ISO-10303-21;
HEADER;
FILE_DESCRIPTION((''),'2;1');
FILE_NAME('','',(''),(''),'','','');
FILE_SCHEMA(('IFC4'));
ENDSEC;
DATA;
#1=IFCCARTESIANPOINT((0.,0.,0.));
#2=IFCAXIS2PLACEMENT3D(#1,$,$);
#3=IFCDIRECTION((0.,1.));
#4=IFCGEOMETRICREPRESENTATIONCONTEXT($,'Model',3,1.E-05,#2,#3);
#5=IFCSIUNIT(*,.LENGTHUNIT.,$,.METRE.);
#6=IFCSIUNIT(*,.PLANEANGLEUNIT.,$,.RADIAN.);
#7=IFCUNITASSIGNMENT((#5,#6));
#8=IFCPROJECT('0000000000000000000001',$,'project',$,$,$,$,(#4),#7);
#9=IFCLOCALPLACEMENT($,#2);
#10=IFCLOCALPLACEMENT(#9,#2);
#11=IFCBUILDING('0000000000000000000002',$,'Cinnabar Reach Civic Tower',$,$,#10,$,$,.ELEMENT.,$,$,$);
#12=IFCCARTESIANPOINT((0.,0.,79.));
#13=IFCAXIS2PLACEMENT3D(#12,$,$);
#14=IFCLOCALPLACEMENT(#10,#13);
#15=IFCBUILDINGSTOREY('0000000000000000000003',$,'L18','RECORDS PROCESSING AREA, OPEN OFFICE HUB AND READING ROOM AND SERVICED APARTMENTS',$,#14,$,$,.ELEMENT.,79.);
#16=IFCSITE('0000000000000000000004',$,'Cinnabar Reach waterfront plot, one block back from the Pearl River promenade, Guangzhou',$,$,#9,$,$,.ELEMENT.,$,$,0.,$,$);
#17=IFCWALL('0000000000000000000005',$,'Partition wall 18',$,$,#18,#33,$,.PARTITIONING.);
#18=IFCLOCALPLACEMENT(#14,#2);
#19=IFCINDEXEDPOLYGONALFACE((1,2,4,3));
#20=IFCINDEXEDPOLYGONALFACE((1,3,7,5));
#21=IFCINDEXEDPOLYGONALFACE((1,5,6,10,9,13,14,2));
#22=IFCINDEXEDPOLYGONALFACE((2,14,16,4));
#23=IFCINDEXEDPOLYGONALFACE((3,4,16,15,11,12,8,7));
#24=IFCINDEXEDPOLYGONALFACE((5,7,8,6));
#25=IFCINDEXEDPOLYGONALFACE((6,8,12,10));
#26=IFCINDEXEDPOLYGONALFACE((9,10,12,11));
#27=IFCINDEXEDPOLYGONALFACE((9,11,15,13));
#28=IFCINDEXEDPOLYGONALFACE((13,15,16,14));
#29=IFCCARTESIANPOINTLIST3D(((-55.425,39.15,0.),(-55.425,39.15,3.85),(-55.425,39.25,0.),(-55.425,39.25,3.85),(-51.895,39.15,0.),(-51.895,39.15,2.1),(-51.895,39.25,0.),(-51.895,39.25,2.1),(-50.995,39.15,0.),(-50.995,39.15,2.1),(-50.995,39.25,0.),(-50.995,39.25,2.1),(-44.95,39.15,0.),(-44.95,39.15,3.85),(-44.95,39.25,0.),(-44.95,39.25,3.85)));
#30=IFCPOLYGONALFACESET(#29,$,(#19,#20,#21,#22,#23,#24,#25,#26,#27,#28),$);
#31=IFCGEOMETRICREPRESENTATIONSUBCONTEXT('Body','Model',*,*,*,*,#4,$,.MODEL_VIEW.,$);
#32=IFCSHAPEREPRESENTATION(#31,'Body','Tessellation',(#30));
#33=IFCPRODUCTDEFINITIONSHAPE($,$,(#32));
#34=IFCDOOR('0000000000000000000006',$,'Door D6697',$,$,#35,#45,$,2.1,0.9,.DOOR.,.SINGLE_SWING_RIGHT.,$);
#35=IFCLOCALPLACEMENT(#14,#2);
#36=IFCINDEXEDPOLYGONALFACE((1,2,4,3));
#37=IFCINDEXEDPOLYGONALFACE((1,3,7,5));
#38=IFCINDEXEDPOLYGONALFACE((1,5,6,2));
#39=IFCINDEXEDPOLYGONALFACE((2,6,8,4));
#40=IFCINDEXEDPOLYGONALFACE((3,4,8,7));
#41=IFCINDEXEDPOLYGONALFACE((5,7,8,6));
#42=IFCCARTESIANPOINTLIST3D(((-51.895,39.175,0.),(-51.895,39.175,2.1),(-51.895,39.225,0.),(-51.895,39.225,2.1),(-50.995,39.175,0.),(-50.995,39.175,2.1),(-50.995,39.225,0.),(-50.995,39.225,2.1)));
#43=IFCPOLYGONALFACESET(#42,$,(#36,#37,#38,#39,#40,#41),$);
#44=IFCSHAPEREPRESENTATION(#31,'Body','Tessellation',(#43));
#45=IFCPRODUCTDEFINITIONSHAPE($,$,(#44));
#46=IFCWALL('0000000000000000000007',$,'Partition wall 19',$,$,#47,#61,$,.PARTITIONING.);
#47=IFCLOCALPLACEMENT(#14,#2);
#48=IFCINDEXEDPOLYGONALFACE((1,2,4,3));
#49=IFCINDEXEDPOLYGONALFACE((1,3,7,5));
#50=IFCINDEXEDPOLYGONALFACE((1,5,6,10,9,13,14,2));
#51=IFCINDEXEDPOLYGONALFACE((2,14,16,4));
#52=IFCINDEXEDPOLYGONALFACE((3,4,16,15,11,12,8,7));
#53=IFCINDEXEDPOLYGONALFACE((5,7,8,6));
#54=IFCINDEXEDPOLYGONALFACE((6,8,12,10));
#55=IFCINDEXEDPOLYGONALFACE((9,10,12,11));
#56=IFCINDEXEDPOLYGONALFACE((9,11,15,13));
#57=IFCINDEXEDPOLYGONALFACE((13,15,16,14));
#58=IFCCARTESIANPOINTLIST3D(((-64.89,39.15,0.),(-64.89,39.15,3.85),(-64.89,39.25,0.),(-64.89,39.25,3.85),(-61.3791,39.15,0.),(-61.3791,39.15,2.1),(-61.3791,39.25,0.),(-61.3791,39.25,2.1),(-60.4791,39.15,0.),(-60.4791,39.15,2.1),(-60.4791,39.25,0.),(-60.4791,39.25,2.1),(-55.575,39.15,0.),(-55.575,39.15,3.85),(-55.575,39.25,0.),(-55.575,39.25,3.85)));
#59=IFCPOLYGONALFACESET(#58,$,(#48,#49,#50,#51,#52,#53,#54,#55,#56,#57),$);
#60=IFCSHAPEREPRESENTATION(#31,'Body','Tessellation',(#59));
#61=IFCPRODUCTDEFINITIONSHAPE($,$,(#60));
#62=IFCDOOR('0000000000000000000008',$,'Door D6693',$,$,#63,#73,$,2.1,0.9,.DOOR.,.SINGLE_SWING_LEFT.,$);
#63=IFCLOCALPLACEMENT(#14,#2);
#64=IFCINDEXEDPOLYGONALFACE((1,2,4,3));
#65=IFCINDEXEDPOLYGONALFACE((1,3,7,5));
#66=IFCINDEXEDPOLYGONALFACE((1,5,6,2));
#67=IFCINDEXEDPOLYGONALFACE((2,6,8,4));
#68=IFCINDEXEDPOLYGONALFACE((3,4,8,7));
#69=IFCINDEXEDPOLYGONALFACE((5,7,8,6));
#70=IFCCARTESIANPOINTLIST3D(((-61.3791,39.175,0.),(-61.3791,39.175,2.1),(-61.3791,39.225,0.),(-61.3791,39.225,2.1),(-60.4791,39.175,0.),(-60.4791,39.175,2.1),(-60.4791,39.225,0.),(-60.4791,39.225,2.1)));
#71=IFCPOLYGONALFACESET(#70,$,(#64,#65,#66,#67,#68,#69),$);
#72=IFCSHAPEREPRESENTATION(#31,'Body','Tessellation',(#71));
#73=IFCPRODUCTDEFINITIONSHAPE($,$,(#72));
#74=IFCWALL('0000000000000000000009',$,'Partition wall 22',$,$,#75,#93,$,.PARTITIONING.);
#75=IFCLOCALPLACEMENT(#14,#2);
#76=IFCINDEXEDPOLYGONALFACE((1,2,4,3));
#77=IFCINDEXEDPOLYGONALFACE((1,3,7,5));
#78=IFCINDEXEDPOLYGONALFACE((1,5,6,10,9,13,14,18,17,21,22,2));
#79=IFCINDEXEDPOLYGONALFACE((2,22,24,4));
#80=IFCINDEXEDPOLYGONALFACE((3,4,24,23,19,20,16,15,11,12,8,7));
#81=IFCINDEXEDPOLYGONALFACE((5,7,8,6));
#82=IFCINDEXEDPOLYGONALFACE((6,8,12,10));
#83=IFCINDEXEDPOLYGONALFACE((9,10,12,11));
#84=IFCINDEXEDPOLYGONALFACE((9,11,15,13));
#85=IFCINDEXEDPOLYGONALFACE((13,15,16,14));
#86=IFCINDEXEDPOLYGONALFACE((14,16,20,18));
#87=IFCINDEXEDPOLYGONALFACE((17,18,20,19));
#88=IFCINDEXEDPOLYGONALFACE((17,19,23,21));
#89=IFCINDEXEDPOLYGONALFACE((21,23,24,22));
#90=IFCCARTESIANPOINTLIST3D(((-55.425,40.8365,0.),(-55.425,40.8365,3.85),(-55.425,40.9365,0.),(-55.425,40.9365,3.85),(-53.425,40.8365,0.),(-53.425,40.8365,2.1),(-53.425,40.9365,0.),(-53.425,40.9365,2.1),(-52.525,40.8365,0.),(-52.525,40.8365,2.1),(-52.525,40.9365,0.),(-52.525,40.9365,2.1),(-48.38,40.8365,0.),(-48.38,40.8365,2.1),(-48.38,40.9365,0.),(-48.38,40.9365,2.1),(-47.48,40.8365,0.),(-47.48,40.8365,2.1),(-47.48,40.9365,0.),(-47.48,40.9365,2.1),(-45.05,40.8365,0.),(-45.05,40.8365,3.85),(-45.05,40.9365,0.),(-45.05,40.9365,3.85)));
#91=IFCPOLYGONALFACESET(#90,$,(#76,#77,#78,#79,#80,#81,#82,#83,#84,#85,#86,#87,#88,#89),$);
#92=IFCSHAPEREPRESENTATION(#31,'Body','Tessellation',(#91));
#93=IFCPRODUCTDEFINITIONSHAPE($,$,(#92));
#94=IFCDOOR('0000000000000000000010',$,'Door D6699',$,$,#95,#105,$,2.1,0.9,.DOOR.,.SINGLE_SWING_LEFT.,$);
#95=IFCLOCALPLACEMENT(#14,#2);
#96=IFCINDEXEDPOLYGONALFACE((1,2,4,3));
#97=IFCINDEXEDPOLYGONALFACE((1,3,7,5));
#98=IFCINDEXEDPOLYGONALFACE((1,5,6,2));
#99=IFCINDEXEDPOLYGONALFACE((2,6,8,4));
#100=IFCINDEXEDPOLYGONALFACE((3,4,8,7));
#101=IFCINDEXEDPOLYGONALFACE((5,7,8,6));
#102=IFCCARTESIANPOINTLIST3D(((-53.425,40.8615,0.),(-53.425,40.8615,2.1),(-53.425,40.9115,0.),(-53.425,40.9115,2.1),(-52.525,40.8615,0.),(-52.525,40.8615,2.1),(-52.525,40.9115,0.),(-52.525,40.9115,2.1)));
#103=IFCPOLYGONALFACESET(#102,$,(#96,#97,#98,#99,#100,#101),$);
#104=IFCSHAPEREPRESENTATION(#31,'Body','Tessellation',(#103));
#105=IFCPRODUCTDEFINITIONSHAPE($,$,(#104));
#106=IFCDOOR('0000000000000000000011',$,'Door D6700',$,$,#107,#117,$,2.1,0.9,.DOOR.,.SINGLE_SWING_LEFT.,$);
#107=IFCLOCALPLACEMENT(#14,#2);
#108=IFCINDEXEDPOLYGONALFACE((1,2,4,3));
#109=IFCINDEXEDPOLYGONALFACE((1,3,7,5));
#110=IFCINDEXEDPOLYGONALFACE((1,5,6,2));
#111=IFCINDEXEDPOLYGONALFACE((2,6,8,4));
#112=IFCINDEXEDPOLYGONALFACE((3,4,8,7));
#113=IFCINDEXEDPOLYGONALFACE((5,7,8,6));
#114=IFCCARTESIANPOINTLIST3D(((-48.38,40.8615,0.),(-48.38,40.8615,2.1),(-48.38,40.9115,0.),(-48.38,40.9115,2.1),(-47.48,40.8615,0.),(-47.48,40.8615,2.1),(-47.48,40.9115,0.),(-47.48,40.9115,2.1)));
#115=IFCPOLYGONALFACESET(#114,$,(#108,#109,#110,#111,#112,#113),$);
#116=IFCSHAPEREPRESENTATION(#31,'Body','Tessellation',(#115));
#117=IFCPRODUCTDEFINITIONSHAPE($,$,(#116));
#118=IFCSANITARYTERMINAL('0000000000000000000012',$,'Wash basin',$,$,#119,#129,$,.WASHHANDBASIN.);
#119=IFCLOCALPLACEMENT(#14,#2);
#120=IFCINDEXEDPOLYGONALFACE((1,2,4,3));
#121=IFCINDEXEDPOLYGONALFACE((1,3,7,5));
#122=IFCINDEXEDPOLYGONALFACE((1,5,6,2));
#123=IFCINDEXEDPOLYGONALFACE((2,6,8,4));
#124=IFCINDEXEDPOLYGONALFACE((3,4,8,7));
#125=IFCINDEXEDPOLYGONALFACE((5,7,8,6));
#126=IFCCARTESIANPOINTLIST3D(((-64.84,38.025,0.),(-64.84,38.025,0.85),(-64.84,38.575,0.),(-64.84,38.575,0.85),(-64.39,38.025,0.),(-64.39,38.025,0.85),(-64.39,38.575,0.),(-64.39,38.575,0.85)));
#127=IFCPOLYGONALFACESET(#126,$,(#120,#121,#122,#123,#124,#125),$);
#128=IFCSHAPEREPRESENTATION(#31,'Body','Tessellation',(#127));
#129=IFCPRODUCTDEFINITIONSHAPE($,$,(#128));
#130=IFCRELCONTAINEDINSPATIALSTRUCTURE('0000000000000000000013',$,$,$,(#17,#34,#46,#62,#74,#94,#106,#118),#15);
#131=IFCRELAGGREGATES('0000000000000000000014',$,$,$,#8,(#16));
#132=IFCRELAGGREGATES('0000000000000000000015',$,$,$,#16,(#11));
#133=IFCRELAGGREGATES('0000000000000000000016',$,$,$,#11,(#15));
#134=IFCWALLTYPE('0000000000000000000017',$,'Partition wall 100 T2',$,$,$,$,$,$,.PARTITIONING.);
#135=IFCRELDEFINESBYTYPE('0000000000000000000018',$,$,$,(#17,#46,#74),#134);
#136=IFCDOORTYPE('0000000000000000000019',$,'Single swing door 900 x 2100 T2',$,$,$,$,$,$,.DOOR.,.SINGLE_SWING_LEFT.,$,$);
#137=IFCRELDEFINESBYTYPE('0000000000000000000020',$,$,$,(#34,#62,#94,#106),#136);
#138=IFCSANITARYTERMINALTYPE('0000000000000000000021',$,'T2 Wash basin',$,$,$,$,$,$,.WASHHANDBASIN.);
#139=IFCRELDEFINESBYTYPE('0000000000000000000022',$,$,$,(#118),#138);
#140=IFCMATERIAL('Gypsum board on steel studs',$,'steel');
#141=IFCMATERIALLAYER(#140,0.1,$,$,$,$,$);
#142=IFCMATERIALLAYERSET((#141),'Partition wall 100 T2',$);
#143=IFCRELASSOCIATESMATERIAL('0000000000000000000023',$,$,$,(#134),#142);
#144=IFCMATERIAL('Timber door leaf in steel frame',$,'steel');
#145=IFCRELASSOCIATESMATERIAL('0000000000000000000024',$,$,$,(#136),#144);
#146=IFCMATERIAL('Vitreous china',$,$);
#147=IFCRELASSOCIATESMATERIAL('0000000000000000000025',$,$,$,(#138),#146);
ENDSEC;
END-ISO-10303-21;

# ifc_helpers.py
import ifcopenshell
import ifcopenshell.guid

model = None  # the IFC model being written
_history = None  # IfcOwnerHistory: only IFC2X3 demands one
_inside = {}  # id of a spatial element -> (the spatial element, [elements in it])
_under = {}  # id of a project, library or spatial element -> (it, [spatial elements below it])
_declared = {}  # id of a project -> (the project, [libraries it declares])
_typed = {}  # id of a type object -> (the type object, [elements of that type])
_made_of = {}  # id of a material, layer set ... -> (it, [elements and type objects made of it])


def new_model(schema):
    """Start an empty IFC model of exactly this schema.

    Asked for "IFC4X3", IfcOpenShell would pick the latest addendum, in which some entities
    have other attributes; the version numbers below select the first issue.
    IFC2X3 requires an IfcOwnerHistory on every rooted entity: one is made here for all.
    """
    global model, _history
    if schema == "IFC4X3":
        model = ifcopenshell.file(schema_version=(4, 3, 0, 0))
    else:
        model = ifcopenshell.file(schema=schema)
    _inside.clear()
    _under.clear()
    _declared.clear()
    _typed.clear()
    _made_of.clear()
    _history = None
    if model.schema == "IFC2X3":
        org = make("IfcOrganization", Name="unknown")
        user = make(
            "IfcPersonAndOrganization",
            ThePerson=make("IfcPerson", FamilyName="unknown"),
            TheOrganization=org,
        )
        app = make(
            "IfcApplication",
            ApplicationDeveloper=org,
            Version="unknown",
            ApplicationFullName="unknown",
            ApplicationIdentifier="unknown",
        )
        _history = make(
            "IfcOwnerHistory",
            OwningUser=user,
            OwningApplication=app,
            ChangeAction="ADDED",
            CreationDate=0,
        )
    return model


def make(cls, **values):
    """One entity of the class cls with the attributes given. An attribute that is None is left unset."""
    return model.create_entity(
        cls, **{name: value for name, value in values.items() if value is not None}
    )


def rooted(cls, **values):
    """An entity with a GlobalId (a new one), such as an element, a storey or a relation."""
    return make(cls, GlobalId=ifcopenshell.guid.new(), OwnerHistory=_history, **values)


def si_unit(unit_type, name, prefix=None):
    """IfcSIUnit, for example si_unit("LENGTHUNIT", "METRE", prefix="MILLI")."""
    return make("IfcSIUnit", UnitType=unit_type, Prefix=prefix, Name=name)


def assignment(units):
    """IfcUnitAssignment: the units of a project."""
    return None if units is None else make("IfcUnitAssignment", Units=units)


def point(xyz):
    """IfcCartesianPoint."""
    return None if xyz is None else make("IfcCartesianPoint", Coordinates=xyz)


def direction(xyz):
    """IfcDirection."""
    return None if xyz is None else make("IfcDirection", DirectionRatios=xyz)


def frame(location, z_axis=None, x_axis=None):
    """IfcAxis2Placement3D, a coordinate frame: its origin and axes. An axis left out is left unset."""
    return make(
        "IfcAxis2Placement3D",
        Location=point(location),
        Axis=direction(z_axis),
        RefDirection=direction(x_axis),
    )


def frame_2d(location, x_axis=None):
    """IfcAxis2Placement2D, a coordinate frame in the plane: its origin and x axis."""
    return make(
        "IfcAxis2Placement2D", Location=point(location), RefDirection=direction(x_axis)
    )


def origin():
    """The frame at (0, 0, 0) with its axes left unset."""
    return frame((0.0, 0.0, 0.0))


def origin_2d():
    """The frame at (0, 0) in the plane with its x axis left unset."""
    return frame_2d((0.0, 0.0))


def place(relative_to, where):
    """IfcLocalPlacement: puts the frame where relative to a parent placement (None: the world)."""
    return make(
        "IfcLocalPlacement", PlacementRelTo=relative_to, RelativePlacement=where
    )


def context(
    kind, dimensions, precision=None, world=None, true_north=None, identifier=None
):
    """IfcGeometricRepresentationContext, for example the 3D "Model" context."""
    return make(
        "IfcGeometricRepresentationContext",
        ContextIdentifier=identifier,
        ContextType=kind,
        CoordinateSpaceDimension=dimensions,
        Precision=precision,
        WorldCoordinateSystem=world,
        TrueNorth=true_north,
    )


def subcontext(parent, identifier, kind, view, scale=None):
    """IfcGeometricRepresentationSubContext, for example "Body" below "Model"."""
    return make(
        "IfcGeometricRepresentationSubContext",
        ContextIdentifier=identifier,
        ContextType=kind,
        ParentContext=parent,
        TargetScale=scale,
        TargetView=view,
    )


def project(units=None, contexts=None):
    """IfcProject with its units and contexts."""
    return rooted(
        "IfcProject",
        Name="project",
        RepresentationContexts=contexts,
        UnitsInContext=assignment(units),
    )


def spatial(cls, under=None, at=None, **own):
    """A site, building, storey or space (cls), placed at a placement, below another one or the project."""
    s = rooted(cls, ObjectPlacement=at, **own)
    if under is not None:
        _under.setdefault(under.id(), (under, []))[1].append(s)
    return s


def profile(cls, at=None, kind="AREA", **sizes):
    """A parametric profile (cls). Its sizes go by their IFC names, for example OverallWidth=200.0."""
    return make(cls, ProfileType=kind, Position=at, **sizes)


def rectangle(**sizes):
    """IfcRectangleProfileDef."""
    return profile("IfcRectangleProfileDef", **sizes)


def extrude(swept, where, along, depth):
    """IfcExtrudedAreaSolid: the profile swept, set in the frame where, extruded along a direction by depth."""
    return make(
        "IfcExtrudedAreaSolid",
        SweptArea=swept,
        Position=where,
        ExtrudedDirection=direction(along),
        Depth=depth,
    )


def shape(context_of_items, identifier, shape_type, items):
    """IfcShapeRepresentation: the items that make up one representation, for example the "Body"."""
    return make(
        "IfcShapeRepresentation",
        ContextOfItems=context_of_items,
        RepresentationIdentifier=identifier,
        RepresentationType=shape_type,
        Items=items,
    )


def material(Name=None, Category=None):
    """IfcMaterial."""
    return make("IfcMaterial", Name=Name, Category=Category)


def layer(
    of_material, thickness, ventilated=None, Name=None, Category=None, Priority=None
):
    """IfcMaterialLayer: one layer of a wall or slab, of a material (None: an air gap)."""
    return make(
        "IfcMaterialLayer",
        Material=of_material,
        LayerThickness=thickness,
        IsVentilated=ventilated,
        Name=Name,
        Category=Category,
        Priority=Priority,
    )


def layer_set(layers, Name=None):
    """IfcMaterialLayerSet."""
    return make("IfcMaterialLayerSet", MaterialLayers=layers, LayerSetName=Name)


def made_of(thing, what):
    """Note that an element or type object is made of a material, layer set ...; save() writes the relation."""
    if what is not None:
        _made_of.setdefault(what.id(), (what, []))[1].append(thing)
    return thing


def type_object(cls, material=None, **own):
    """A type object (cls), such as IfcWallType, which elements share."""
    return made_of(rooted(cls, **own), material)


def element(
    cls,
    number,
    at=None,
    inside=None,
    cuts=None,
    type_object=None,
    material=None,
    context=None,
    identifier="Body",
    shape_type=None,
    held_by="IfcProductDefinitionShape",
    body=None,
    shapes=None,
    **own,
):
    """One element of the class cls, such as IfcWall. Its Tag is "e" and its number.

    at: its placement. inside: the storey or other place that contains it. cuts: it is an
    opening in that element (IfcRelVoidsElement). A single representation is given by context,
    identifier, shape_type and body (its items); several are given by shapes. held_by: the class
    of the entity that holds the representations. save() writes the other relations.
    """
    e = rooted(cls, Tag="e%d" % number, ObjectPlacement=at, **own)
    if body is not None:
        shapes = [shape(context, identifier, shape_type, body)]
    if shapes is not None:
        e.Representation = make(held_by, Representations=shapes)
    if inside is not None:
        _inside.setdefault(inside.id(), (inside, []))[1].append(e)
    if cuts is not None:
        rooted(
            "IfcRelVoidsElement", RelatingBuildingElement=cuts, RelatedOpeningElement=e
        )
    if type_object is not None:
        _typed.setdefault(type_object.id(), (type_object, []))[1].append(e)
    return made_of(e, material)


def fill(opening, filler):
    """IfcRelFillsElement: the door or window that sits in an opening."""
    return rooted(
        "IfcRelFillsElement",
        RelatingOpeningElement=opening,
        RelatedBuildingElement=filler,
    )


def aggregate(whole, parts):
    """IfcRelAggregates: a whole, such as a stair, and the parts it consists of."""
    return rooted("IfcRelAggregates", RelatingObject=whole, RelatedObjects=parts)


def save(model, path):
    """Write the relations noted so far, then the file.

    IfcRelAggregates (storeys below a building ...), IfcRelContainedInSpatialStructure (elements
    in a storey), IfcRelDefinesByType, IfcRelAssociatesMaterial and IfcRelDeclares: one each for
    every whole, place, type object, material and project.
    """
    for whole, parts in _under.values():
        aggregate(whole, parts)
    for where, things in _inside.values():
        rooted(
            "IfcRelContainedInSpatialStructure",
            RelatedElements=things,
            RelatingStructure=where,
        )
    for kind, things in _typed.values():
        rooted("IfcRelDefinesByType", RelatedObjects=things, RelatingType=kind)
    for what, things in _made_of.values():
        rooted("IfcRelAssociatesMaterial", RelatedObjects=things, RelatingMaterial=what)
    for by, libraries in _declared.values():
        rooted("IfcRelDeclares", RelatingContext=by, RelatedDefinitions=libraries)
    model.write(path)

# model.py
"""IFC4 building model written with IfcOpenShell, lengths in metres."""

from ifc_helpers import new_model, si_unit, direction, frame, frame_2d, origin, origin_2d, place, context, subcontext, project, spatial, rectangle, extrude, material, layer, layer_set, type_object, element, fill, save


model = new_model("IFC4")

# Units and contexts
model_context = context("Model", 3, precision=1e-05, world=origin(), true_north=direction((0.0, 1.0)))
body_context = subcontext(model_context, "Body", "Model", "MODEL_VIEW")
ifc_project = project(units=[si_unit("LENGTHUNIT", "METRE"), si_unit("PLANEANGLEUNIT", "RADIAN")], contexts=[model_context])

# Site, building, storey
site_placement = place(None, origin())
site = spatial("IfcSite", under=ifc_project, at=site_placement, Name="Cinnabar Reach waterfront plot, one block back from the Pearl River promenade, Guangzhou", CompositionType="ELEMENT", RefElevation=0.0)
building_placement = place(site_placement, origin())
building = spatial("IfcBuilding", under=site, at=building_placement, Name="Cinnabar Reach Civic Tower", CompositionType="ELEMENT")
storey_placement = place(building_placement, frame((0.0, 0.0, 79.0)))
storey = spatial("IfcBuildingStorey", under=building, at=storey_placement, Name="L18", Description="RECORDS PROCESSING AREA, OPEN OFFICE HUB AND READING ROOM AND SERVICED APARTMENTS", CompositionType="ELEMENT", Elevation=79.0)

# Walls, openings, doors
ifc_material_1 = material(Name="Gypsum board on steel studs", Category="steel")
ifc_layer_1 = layer(ifc_material_1, 0.1)
ifc_layer_set_1 = layer_set([ifc_layer_1], Name="Partition wall 100 T2")
wall_type_1 = type_object("IfcWallType", Name="Partition wall 100 T2", PredefinedType="PARTITIONING", material=ifc_layer_set_1)
wall_1_placement = place(storey_placement, frame((-55.425, 39.2, 0.0), z_axis=(0.0, 0.0, 1.0), x_axis=(1.0, 0.0, 0.0)))
wall_1 = element("IfcWall", 1, at=wall_1_placement, inside=storey, type_object=wall_type_1, Name="Partition wall 18", PredefinedType="PARTITIONING", context=body_context, shape_type="SweptSolid", body=[
    extrude(rectangle(XDim=10.475, YDim=0.1, at=frame_2d((5.2375, 0.0))), origin(), (0.0, 0.0, 1.0), 3.85),
])
opening_1_placement = place(wall_1_placement, frame((3.53, 0.0, 0.0)))
opening_1 = element("IfcOpeningElement", 2, at=opening_1_placement, cuts=wall_1, PredefinedType="OPENING", context=body_context, shape_type="SweptSolid", body=[
    extrude(rectangle(XDim=0.9, YDim=2.1, at=frame_2d((0.45, 1.05))), frame((0.0, 0.06, 0.0), z_axis=(0.0, -1.0, 0.0), x_axis=(1.0, 0.0, 0.0)), (0.0, 0.0, 1.0), 0.12),
])
ifc_material_2 = material(Name="Timber door leaf in steel frame", Category="steel")
door_type = type_object("IfcDoorType", Name="Single swing door 900 x 2100 T2", OperationType="SINGLE_SWING_LEFT", PredefinedType="DOOR", material=ifc_material_2)
door_1_placement = place(opening_1_placement, frame((0.9, 0.0, 0.0), z_axis=(0.0, 0.0, 1.0), x_axis=(-1.0, 0.0, 0.0)))
door_1 = element("IfcDoor", 3, at=door_1_placement, inside=storey, type_object=door_type, Name="Door D6697", OperationType="SINGLE_SWING_RIGHT", OverallHeight=2.1, OverallWidth=0.9, PredefinedType="DOOR", context=body_context, shape_type="SweptSolid", body=[
    extrude(rectangle(XDim=0.9, YDim=2.1, at=frame_2d((0.45, 1.05))), frame((0.0, 0.025, 0.0), z_axis=(0.0, -1.0, 0.0), x_axis=(1.0, 0.0, 0.0)), (0.0, 0.0, 1.0), 0.05),
])
fill(opening_1, door_1)
wall_2_placement = place(storey_placement, frame((-64.89, 39.2, 0.0), z_axis=(0.0, 0.0, 1.0), x_axis=(1.0, 0.0, 0.0)))
wall_2 = element("IfcWall", 4, at=wall_2_placement, inside=storey, type_object=wall_type_1, Name="Partition wall 19", PredefinedType="PARTITIONING", context=body_context, shape_type="SweptSolid", body=[
    extrude(rectangle(XDim=9.315, YDim=0.1, at=frame_2d((4.6575, 0.0))), origin(), (0.0, 0.0, 1.0), 3.85),
])
opening_2_placement = place(wall_2_placement, frame((3.5109, 0.0, 0.0)))
opening_2 = element("IfcOpeningElement", 5, at=opening_2_placement, cuts=wall_2, PredefinedType="OPENING", context=body_context, shape_type="SweptSolid", body=[
    extrude(rectangle(XDim=0.9, YDim=2.1, at=frame_2d((0.45, 1.05))), frame((0.0, 0.06, 0.0), z_axis=(0.0, -1.0, 0.0), x_axis=(1.0, 0.0, 0.0)), (0.0, 0.0, 1.0), 0.12),
])
door_2_placement = place(opening_2_placement, frame((0.9, 0.0, 0.0), z_axis=(0.0, 0.0, 1.0), x_axis=(-1.0, 0.0, 0.0)))
door_2 = element("IfcDoor", 6, at=door_2_placement, inside=storey, type_object=door_type, Name="Door D6693", OperationType="SINGLE_SWING_LEFT", OverallHeight=2.1, OverallWidth=0.9, PredefinedType="DOOR", context=body_context, shape_type="SweptSolid", body=[
    extrude(rectangle(XDim=0.9, YDim=2.1, at=frame_2d((0.45, 1.05))), frame((0.0, 0.025, 0.0), z_axis=(0.0, -1.0, 0.0), x_axis=(1.0, 0.0, 0.0)), (0.0, 0.0, 1.0), 0.05),
])
fill(opening_2, door_2)

# Wall, openings, doors
wall_3_placement = place(storey_placement, frame((-55.425, 40.8865, 0.0), z_axis=(0.0, 0.0, 1.0), x_axis=(1.0, 0.0, 0.0)))
wall_3 = element("IfcWall", 7, at=wall_3_placement, inside=storey, type_object=wall_type_1, Name="Partition wall 22", PredefinedType="PARTITIONING", context=body_context, shape_type="SweptSolid", body=[
    extrude(rectangle(XDim=10.375, YDim=0.1, at=frame_2d((5.1875, 0.0))), origin(), (0.0, 0.0, 1.0), 3.85),
])
opening_3_placement = place(wall_3_placement, frame((2.0, 0.0, 0.0)))
opening_3 = element("IfcOpeningElement", 8, at=opening_3_placement, cuts=wall_3, PredefinedType="OPENING", context=body_context, shape_type="SweptSolid", body=[
    extrude(rectangle(XDim=0.9, YDim=2.1, at=frame_2d((0.45, 1.05))), frame((0.0, 0.06, 0.0), z_axis=(0.0, -1.0, 0.0), x_axis=(1.0, 0.0, 0.0)), (0.0, 0.0, 1.0), 0.12),
])
opening_4_placement = place(wall_3_placement, frame((7.045, 0.0, 0.0)))
opening_4 = element("IfcOpeningElement", 9, at=opening_4_placement, cuts=wall_3, PredefinedType="OPENING", context=body_context, shape_type="SweptSolid", body=[
    extrude(rectangle(XDim=0.9, YDim=2.1, at=frame_2d((0.45, 1.05))), frame((0.0, 0.06, 0.0), z_axis=(0.0, -1.0, 0.0), x_axis=(1.0, 0.0, 0.0)), (0.0, 0.0, 1.0), 0.12),
])
door_3_placement = place(opening_3_placement, frame((0.9, 0.0, 0.0), z_axis=(0.0, 0.0, 1.0), x_axis=(-1.0, 0.0, 0.0)))
door_3 = element("IfcDoor", 10, at=door_3_placement, inside=storey, type_object=door_type, Name="Door D6699", OperationType="SINGLE_SWING_LEFT", OverallHeight=2.1, OverallWidth=0.9, PredefinedType="DOOR", context=body_context, shape_type="SweptSolid", body=[
    extrude(rectangle(XDim=0.9, YDim=2.1, at=frame_2d((0.45, 1.05))), frame((0.0, 0.025, 0.0), z_axis=(0.0, -1.0, 0.0), x_axis=(1.0, 0.0, 0.0)), (0.0, 0.0, 1.0), 0.05),
])
fill(opening_3, door_3)
door_4_placement = place(opening_4_placement, origin())
door_4 = element("IfcDoor", 11, at=door_4_placement, inside=storey, type_object=door_type, Name="Door D6700", OperationType="SINGLE_SWING_LEFT", OverallHeight=2.1, OverallWidth=0.9, PredefinedType="DOOR", context=body_context, shape_type="SweptSolid", body=[
    extrude(rectangle(XDim=0.9, YDim=2.1, at=frame_2d((0.45, 1.05))), frame((0.0, 0.025, 0.0), z_axis=(0.0, -1.0, 0.0), x_axis=(1.0, 0.0, 0.0)), (0.0, 0.0, 1.0), 0.05),
])
fill(opening_4, door_4)

# Sanitary terminal
ifc_material_3 = material(Name="Vitreous china")
sanitary_terminal_type = type_object("IfcSanitaryTerminalType", Name="T2 Wash basin", PredefinedType="WASHHANDBASIN", material=ifc_material_3)
sanitary_terminal_placement = place(storey_placement, frame((-64.615, 38.3, 0.0), z_axis=(0.0, 0.0, 1.0), x_axis=(1.0, 0.0, 0.0)))
element("IfcSanitaryTerminal", 12, at=sanitary_terminal_placement, inside=storey, type_object=sanitary_terminal_type, Name="Wash basin", PredefinedType="WASHHANDBASIN", context=body_context, shape_type="SweptSolid", body=[
    extrude(rectangle(XDim=0.45, YDim=0.55, at=origin_2d()), origin(), (0.0, 0.0, 1.0), 0.85),
])

save(model, "model.ifc")
